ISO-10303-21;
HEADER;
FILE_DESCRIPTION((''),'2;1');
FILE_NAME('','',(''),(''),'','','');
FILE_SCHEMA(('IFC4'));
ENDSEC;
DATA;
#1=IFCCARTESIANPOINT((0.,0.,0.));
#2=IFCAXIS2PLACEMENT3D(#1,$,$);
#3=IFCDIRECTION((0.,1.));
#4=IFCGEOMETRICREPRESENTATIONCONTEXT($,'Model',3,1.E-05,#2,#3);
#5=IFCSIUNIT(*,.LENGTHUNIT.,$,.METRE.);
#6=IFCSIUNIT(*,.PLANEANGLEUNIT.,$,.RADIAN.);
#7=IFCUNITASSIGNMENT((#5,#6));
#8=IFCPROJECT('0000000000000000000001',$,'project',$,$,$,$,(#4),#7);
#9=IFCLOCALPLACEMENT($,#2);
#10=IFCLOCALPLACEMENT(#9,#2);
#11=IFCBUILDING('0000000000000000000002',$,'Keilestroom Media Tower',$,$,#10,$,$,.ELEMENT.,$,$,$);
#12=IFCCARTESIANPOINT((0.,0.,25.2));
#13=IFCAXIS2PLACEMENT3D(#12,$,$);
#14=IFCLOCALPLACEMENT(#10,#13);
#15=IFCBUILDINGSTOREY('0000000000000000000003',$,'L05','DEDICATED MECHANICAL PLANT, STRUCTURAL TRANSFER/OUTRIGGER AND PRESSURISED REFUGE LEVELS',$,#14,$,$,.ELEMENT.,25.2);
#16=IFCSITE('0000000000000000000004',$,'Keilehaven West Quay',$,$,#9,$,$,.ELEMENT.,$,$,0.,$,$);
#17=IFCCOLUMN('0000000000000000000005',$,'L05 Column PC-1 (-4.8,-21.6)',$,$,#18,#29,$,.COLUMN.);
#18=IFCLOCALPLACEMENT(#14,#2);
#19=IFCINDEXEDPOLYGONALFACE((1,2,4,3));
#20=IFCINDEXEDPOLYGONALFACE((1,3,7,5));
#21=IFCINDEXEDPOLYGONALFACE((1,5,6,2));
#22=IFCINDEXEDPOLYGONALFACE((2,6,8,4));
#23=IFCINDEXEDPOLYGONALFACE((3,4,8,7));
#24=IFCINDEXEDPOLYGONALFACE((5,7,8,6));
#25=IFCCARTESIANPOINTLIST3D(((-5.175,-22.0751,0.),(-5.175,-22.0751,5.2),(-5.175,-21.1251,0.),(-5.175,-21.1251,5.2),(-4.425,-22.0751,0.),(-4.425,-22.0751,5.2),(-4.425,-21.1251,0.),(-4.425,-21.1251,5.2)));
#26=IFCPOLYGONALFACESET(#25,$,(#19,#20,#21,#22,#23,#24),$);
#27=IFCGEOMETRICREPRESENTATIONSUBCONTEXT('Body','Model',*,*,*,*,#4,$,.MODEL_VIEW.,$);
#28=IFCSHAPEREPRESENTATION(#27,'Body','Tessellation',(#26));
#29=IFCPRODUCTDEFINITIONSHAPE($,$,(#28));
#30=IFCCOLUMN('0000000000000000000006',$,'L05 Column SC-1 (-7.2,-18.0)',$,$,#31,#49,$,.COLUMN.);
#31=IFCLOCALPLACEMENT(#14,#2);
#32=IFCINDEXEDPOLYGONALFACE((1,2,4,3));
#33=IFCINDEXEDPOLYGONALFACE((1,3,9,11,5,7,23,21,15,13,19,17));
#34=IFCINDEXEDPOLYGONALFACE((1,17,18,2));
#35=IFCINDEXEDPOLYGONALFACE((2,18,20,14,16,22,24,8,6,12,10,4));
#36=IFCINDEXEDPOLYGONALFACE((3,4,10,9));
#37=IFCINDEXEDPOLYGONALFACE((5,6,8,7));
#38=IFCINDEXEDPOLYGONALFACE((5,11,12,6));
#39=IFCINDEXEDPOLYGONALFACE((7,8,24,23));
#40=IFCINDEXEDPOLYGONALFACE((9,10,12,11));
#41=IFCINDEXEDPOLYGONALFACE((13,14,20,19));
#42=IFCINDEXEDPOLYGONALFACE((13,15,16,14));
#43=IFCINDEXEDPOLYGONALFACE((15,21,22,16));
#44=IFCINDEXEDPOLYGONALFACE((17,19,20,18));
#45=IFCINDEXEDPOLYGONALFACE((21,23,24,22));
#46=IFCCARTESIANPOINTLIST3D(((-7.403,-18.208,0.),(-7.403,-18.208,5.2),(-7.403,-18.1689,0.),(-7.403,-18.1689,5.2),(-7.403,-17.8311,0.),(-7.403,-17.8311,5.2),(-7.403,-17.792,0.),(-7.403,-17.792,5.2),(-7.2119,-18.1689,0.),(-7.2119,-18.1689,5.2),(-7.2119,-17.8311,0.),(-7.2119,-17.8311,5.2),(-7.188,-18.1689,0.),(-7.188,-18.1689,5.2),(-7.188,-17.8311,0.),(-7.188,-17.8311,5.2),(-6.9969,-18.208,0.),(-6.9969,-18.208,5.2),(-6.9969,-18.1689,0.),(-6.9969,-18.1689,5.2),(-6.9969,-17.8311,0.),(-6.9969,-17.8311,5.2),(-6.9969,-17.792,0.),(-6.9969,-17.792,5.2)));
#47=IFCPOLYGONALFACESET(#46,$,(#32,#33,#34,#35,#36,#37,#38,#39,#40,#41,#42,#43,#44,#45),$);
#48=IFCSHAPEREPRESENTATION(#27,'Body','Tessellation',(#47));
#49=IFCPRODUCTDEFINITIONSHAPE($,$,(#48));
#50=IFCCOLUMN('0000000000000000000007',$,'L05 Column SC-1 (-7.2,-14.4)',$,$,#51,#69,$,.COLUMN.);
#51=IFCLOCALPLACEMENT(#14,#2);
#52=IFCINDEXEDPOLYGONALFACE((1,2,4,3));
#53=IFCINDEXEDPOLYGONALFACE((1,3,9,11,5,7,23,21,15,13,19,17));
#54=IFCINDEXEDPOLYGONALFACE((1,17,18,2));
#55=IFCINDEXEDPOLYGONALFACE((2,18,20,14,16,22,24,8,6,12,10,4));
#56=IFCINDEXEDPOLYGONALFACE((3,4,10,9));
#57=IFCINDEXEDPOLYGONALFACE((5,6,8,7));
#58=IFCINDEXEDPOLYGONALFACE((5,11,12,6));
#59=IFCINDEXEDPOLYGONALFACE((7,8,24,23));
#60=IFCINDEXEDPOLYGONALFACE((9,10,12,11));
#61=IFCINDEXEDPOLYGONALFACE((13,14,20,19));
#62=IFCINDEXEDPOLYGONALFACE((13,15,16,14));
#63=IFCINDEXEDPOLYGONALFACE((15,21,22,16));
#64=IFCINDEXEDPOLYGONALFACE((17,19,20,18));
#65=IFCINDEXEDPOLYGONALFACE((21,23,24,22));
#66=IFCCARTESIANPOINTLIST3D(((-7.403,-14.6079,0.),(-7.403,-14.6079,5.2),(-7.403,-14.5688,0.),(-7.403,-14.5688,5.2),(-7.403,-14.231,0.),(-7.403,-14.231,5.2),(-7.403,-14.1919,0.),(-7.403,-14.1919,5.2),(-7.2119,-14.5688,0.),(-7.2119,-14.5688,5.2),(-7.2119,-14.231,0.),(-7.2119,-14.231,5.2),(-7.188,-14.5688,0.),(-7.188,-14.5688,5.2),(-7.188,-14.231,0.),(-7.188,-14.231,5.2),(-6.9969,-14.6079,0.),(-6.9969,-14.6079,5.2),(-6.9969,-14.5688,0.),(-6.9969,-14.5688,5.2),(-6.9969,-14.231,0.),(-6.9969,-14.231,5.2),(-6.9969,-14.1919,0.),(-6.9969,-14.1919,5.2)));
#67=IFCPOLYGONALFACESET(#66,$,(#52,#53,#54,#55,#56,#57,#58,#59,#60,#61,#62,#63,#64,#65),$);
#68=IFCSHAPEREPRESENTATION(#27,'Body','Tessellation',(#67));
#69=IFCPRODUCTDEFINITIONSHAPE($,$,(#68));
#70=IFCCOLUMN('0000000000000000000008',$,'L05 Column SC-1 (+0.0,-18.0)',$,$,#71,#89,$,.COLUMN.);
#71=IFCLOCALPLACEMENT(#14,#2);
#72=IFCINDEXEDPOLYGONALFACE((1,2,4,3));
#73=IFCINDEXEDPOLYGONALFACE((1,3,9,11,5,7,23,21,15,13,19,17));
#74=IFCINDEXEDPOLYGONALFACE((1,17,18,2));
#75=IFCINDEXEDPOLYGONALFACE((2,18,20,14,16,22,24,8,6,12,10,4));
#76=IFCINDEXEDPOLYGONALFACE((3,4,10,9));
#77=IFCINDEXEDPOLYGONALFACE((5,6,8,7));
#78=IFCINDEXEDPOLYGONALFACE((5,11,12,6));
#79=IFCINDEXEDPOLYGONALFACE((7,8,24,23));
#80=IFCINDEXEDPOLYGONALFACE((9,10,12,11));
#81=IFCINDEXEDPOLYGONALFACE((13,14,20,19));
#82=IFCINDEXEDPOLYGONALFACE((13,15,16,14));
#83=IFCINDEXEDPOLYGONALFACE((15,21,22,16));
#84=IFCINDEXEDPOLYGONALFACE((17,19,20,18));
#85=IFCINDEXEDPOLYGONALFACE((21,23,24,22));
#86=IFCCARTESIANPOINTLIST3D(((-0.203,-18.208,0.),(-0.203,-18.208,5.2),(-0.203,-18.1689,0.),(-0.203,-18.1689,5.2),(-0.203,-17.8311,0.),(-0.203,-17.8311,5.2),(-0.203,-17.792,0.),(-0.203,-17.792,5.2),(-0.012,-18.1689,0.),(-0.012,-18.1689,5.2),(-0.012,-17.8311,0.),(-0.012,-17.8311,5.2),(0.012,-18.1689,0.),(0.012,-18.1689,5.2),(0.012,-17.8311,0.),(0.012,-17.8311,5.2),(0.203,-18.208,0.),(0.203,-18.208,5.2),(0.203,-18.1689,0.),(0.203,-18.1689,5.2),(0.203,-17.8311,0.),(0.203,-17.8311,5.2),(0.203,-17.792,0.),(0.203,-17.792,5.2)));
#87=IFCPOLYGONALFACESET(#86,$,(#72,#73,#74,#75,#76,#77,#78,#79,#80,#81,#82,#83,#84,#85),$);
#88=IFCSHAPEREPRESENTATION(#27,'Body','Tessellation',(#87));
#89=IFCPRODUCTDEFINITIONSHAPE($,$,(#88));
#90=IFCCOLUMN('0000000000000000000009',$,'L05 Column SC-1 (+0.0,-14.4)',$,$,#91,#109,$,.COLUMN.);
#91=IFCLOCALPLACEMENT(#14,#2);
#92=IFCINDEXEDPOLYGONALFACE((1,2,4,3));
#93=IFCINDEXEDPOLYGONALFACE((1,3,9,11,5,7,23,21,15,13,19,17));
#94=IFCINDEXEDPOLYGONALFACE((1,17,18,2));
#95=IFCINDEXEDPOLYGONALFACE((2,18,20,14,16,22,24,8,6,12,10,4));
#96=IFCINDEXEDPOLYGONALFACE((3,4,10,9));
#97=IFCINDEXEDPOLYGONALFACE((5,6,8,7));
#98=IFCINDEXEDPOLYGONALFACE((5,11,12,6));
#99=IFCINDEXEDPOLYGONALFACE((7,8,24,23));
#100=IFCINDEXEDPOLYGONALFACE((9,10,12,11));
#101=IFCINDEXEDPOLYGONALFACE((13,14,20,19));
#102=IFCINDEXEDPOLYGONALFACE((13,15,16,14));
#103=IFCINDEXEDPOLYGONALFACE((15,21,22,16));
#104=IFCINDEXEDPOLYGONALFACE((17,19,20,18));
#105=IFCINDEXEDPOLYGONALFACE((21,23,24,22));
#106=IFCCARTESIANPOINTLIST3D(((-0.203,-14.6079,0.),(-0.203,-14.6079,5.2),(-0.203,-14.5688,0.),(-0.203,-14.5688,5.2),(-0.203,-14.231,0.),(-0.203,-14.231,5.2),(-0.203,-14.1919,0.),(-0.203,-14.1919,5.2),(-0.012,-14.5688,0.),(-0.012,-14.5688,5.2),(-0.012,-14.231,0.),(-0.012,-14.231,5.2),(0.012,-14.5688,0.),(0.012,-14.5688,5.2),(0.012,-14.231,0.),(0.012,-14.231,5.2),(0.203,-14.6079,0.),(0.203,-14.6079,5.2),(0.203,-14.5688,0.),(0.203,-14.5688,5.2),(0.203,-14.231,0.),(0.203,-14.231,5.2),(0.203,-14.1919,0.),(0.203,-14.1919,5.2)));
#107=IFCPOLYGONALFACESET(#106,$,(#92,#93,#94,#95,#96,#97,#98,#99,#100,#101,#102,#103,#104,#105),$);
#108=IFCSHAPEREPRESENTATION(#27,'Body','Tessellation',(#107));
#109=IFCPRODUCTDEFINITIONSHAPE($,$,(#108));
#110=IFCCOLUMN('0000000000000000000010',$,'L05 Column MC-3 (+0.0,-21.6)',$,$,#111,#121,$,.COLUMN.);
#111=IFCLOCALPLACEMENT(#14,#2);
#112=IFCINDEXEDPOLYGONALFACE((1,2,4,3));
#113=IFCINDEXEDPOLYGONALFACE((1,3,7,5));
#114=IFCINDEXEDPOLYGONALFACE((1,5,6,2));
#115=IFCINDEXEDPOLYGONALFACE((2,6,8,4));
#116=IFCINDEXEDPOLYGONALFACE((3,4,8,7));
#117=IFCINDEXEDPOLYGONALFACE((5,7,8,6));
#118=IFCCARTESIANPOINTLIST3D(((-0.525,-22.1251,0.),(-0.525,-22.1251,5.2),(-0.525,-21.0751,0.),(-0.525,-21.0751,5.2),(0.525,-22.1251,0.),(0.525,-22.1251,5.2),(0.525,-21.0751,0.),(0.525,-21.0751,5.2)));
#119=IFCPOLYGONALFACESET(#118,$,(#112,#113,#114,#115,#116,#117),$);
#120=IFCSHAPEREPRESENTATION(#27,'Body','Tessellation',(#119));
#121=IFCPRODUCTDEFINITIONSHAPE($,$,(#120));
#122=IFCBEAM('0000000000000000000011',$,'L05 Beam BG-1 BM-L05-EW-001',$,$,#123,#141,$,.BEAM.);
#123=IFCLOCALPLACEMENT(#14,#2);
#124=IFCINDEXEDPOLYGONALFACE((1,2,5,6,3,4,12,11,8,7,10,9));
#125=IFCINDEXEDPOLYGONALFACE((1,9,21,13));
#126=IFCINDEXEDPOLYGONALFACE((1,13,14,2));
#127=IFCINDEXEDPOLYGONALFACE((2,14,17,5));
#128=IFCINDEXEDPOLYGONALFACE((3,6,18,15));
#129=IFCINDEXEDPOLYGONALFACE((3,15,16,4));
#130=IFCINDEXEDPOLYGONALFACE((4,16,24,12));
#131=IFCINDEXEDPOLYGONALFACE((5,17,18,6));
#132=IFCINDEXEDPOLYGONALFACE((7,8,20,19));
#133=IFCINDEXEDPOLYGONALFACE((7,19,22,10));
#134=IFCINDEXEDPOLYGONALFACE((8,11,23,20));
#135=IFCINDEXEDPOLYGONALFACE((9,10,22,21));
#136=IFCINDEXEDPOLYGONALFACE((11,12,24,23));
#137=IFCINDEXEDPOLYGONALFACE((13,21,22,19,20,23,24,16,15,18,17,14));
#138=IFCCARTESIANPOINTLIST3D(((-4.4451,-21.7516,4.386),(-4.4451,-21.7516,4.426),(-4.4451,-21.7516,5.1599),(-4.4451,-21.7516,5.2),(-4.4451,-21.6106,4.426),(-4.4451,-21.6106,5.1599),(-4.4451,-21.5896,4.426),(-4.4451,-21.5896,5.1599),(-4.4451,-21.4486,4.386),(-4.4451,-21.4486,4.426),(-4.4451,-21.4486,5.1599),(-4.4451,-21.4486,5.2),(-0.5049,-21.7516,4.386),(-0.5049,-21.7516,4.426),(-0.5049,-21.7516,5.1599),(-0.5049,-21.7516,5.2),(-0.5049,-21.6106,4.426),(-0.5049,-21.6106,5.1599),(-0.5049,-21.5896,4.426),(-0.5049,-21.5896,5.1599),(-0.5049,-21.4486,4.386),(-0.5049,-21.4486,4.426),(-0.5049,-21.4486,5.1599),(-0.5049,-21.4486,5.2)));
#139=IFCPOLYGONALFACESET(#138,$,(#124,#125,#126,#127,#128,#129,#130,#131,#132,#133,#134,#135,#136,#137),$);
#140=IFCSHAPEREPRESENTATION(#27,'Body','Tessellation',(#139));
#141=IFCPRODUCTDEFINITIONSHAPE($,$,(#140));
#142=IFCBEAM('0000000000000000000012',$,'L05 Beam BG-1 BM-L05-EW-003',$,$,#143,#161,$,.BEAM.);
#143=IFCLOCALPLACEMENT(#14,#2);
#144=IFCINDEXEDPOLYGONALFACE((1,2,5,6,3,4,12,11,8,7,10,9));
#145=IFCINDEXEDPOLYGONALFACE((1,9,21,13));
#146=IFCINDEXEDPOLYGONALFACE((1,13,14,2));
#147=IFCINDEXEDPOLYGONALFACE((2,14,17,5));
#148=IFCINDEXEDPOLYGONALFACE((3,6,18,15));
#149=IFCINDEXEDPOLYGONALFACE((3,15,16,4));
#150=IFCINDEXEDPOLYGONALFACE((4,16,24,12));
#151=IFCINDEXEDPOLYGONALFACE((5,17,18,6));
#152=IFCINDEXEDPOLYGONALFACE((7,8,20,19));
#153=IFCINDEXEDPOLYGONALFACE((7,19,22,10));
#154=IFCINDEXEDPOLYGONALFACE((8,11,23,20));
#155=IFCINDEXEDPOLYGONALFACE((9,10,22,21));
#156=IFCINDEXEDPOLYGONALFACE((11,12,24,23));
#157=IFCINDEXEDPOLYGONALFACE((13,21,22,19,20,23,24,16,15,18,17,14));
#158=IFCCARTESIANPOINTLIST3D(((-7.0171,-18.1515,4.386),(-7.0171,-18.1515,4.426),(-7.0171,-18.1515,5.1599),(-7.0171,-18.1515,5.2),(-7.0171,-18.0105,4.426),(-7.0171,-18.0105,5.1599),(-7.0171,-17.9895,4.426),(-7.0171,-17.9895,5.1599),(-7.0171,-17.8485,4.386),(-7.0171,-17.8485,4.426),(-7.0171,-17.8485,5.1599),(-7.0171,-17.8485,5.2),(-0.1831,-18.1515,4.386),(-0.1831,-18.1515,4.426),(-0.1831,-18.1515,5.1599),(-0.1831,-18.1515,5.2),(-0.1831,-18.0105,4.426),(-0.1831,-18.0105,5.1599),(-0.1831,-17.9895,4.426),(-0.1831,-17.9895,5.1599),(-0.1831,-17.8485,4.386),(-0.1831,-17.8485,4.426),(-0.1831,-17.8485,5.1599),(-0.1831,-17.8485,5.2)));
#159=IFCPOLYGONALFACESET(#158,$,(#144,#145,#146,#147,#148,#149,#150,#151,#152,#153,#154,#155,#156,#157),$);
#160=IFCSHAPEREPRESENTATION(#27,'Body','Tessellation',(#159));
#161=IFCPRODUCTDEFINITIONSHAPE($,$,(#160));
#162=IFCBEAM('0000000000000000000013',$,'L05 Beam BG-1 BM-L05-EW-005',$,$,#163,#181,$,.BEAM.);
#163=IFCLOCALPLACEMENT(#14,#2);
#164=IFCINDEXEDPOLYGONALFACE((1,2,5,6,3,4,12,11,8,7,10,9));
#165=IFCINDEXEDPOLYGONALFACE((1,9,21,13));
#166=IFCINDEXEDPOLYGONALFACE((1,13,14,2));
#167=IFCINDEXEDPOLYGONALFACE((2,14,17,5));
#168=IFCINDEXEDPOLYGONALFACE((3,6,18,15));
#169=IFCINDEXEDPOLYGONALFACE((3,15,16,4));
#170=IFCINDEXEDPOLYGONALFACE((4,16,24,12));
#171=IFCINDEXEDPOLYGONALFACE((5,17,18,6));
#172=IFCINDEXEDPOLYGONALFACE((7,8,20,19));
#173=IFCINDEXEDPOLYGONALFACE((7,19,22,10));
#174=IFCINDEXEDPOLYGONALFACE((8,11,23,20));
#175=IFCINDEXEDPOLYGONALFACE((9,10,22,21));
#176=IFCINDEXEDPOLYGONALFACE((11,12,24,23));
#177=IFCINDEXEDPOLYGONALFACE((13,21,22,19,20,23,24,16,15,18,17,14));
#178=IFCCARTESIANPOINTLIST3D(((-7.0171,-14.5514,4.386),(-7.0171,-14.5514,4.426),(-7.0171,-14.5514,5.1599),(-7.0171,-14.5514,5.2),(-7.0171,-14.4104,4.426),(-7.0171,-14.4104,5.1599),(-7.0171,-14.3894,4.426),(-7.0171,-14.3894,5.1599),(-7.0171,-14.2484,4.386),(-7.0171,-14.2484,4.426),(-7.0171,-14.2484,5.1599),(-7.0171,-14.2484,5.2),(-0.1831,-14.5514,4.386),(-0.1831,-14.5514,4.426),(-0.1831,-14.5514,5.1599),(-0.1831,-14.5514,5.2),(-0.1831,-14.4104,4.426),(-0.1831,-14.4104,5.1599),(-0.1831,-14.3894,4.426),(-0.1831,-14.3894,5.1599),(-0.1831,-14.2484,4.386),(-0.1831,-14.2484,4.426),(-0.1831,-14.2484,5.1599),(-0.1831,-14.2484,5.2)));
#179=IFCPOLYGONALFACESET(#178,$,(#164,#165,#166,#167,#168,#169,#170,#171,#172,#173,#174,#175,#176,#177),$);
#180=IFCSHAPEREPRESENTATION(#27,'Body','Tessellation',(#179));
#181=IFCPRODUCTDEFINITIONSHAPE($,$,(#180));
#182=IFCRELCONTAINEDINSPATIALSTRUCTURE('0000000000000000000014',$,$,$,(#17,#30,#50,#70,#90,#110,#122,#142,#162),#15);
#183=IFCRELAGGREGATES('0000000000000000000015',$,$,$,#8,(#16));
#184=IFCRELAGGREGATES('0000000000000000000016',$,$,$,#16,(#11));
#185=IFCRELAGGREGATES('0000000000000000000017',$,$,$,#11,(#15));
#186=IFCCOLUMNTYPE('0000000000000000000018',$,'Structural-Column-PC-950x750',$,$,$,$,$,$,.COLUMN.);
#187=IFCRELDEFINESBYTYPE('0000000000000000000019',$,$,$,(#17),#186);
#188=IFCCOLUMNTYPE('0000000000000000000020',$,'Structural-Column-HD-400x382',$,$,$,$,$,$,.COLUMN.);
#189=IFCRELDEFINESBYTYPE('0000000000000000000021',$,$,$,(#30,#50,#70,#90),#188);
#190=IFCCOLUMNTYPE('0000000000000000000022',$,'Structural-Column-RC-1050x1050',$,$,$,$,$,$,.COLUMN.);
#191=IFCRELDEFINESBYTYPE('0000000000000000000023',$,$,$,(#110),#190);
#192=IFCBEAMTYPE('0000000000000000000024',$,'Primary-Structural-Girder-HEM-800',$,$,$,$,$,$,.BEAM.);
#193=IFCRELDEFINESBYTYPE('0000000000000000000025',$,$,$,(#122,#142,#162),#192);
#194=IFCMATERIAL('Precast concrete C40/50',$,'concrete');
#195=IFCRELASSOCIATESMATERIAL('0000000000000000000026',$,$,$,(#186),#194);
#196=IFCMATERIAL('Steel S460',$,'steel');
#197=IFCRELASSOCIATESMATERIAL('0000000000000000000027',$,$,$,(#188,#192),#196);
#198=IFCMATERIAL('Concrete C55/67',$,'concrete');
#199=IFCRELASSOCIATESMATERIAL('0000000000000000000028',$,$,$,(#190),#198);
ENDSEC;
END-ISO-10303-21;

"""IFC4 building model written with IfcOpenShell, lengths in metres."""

from ifc_helpers import new_model, si_unit, direction, frame, origin, origin_2d, place, context, subcontext, project, spatial, rectangle, i_section, extrude, source, transform, mapped, material, material_profile, profile_set, type_object, element, save


model = new_model("IFC4")

# Units and contexts
model_context = context("Model", 3, precision=1e-05, world=origin(), true_north=direction((0.0, 1.0)))
body_context = subcontext(model_context, "Body", "Model", "MODEL_VIEW")
ifc_project = project(units=[si_unit("LENGTHUNIT", "METRE"), si_unit("PLANEANGLEUNIT", "RADIAN")], contexts=[model_context])

# Site, building, storey
site_placement = place(None, origin())
site = spatial("IfcSite", under=ifc_project, at=site_placement, Name="Keilehaven West Quay", CompositionType="ELEMENT", RefElevation=0.0)
building_placement = place(site_placement, origin())
building = spatial("IfcBuilding", under=site, at=building_placement, Name="Keilestroom Media Tower", CompositionType="ELEMENT")
storey_placement = place(building_placement, frame((0.0, 0.0, 25.2)))
storey = spatial("IfcBuildingStorey", under=building, at=storey_placement, Name="L05", Description="DEDICATED MECHANICAL PLANT, STRUCTURAL TRANSFER/OUTRIGGER AND PRESSURISED REFUGE LEVELS", CompositionType="ELEMENT", Elevation=25.2)

# Columns
ifc_material_1 = material(Name="Precast concrete C40/50", Category="concrete")
ifc_material_profile_1 = material_profile(ifc_material_1, rectangle(XDim=0.75, YDim=0.95, at=origin_2d()), Name="PC 950x750")
ifc_profile_set_1 = profile_set([ifc_material_profile_1], Name="Precast concrete C40/50")
column_type_1 = type_object("IfcColumnType", Name="Structural-Column-PC-950x750", PredefinedType="COLUMN", material=ifc_profile_set_1)
shared_shape_1 = source(origin(), body_context, "Body", "SweptSolid", [
    extrude(rectangle(XDim=0.75, YDim=0.95, at=origin_2d()), origin(), (0.0, 0.0, 1.0), 5.2),
])
column_1_placement = place(storey_placement, frame((-4.8, -21.6001, 0.0), z_axis=(0.0, 0.0, 1.0), x_axis=(1.0, 0.0, 0.0)))
element("IfcColumn", 1, at=column_1_placement, inside=storey, type_object=column_type_1, Name="L05 Column PC-1 (-4.8,-21.6)", PredefinedType="COLUMN", context=body_context, shape_type="MappedRepresentation", body=[
    mapped(shared_shape_1, transform((0.0, 0.0, 0.0), x_axis=(1.0, 0.0, 0.0), y_axis=(0.0, 1.0, 0.0), z_axis=(0.0, 0.0, 1.0), scale=1.0)),
])
ifc_material_2 = material(Name="Steel S460", Category="steel")
ifc_material_profile_2 = material_profile(ifc_material_2, i_section(OverallWidth=0.406, OverallDepth=0.416, WebThickness=0.0239, FlangeThickness=0.0391, at=origin_2d()), Name="HD 400x382")
ifc_profile_set_2 = profile_set([ifc_material_profile_2], Name="Steel S460")
column_type_2 = type_object("IfcColumnType", Name="Structural-Column-HD-400x382", PredefinedType="COLUMN", material=ifc_profile_set_2)
shared_shape_2 = source(origin(), body_context, "Body", "SweptSolid", [
    extrude(i_section(OverallWidth=0.406, OverallDepth=0.416, WebThickness=0.0239, FlangeThickness=0.0391, at=origin_2d()), origin(), (0.0, 0.0, 1.0), 5.2),
])
for number, where, z_axis, x_axis, name in (
    (2, (-7.2, -18.0, 0.0), (0.0, 0.0, 1.0), (1.0, 0.0, 0.0), "L05 Column SC-1 (-7.2,-18.0)"),
    (3, (-7.2, -14.3999, 0.0), (0.0, 0.0, 1.0), (1.0, 0.0, 0.0), "L05 Column SC-1 (-7.2,-14.4)"),
    (4, (0.0, -18.0, 0.0), (0.0, 0.0, 1.0), (1.0, 0.0, 0.0), "L05 Column SC-1 (+0.0,-18.0)"),
    (5, (0.0, -14.3999, 0.0), (0.0, 0.0, 1.0), (1.0, 0.0, 0.0), "L05 Column SC-1 (+0.0,-14.4)"),
):
    element("IfcColumn", number, at=place(storey_placement, frame(where, z_axis=z_axis, x_axis=x_axis)), inside=storey, type_object=column_type_2, Name=name, PredefinedType="COLUMN", context=body_context, shape_type="MappedRepresentation", body=[
        mapped(shared_shape_2, transform((0.0, 0.0, 0.0), x_axis=(1.0, 0.0, 0.0), y_axis=(0.0, 1.0, 0.0), z_axis=(0.0, 0.0, 1.0), scale=1.0)),
    ])
ifc_material_3 = material(Name="Concrete C55/67", Category="concrete")
ifc_material_profile_3 = material_profile(ifc_material_3, rectangle(XDim=1.05, YDim=1.05, at=origin_2d()), Name="RC 1050x1050")
ifc_profile_set_3 = profile_set([ifc_material_profile_3], Name="Concrete C55/67")
column_type_3 = type_object("IfcColumnType", Name="Structural-Column-RC-1050x1050", PredefinedType="COLUMN", material=ifc_profile_set_3)
shared_shape_3 = source(origin(), body_context, "Body", "SweptSolid", [
    extrude(rectangle(XDim=1.05, YDim=1.05, at=origin_2d()), origin(), (0.0, 0.0, 1.0), 5.2),
])
column_2_placement = place(storey_placement, frame((0.0, -21.6001, 0.0), z_axis=(0.0, 0.0, 1.0), x_axis=(1.0, 0.0, 0.0)))
element("IfcColumn", 6, at=column_2_placement, inside=storey, type_object=column_type_3, Name="L05 Column MC-3 (+0.0,-21.6)", PredefinedType="COLUMN", context=body_context, shape_type="MappedRepresentation", body=[
    mapped(shared_shape_3, transform((0.0, 0.0, 0.0), x_axis=(1.0, 0.0, 0.0), y_axis=(0.0, 1.0, 0.0), z_axis=(0.0, 0.0, 1.0), scale=1.0)),
])

# Beams
ifc_material_profile_4 = material_profile(ifc_material_2, i_section(OverallWidth=0.303, OverallDepth=0.814, WebThickness=0.021, FlangeThickness=0.04, at=origin_2d()), Name="HEM 800")
ifc_profile_set_4 = profile_set([ifc_material_profile_4], Name="Steel S460")
beam_type = type_object("IfcBeamType", Name="Primary-Structural-Girder-HEM-800", PredefinedType="BEAM", material=ifc_profile_set_4)
shared_shape_4 = source(origin(), body_context, "Body", "SweptSolid", [
    extrude(i_section(OverallWidth=0.303, OverallDepth=0.814, WebThickness=0.021, FlangeThickness=0.04, at=origin_2d()), origin(), (0.0, 0.0, 1.0), 3.9402),
])
beam_placement = place(storey_placement, frame((-4.4451, -21.6001, 4.793), z_axis=(1.0, 0.0, 0.0), x_axis=(0.0, 1.0, 0.0)))
element("IfcBeam", 7, at=beam_placement, inside=storey, type_object=beam_type, Name="L05 Beam BG-1 BM-L05-EW-001", PredefinedType="BEAM", context=body_context, shape_type="MappedRepresentation", body=[
    mapped(shared_shape_4, transform((0.0, 0.0, 0.0), x_axis=(1.0, 0.0, 0.0), y_axis=(0.0, 1.0, 0.0), z_axis=(0.0, 0.0, 1.0), scale=1.0)),
])
shared_shape_5 = source(origin(), body_context, "Body", "SweptSolid", [
    extrude(i_section(OverallWidth=0.303, OverallDepth=0.814, WebThickness=0.021, FlangeThickness=0.04, at=origin_2d()), origin(), (0.0, 0.0, 1.0), 6.834),
])
for number, where, z_axis, x_axis, name in (
    (8, (-7.0171, -18.0, 4.793), (1.0, 0.0, 0.0), (0.0, 1.0, 0.0), "L05 Beam BG-1 BM-L05-EW-003"),
    (9, (-7.0171, -14.3999, 4.793), (1.0, 0.0, 0.0), (0.0, 1.0, 0.0), "L05 Beam BG-1 BM-L05-EW-005"),
):
    element("IfcBeam", number, at=place(storey_placement, frame(where, z_axis=z_axis, x_axis=x_axis)), inside=storey, type_object=beam_type, Name=name, PredefinedType="BEAM", context=body_context, shape_type="MappedRepresentation", body=[
        mapped(shared_shape_5, transform((0.0, 0.0, 0.0), x_axis=(1.0, 0.0, 0.0), y_axis=(0.0, 1.0, 0.0), z_axis=(0.0, 0.0, 1.0), scale=1.0)),
    ])

save(model, "model.ifc")
